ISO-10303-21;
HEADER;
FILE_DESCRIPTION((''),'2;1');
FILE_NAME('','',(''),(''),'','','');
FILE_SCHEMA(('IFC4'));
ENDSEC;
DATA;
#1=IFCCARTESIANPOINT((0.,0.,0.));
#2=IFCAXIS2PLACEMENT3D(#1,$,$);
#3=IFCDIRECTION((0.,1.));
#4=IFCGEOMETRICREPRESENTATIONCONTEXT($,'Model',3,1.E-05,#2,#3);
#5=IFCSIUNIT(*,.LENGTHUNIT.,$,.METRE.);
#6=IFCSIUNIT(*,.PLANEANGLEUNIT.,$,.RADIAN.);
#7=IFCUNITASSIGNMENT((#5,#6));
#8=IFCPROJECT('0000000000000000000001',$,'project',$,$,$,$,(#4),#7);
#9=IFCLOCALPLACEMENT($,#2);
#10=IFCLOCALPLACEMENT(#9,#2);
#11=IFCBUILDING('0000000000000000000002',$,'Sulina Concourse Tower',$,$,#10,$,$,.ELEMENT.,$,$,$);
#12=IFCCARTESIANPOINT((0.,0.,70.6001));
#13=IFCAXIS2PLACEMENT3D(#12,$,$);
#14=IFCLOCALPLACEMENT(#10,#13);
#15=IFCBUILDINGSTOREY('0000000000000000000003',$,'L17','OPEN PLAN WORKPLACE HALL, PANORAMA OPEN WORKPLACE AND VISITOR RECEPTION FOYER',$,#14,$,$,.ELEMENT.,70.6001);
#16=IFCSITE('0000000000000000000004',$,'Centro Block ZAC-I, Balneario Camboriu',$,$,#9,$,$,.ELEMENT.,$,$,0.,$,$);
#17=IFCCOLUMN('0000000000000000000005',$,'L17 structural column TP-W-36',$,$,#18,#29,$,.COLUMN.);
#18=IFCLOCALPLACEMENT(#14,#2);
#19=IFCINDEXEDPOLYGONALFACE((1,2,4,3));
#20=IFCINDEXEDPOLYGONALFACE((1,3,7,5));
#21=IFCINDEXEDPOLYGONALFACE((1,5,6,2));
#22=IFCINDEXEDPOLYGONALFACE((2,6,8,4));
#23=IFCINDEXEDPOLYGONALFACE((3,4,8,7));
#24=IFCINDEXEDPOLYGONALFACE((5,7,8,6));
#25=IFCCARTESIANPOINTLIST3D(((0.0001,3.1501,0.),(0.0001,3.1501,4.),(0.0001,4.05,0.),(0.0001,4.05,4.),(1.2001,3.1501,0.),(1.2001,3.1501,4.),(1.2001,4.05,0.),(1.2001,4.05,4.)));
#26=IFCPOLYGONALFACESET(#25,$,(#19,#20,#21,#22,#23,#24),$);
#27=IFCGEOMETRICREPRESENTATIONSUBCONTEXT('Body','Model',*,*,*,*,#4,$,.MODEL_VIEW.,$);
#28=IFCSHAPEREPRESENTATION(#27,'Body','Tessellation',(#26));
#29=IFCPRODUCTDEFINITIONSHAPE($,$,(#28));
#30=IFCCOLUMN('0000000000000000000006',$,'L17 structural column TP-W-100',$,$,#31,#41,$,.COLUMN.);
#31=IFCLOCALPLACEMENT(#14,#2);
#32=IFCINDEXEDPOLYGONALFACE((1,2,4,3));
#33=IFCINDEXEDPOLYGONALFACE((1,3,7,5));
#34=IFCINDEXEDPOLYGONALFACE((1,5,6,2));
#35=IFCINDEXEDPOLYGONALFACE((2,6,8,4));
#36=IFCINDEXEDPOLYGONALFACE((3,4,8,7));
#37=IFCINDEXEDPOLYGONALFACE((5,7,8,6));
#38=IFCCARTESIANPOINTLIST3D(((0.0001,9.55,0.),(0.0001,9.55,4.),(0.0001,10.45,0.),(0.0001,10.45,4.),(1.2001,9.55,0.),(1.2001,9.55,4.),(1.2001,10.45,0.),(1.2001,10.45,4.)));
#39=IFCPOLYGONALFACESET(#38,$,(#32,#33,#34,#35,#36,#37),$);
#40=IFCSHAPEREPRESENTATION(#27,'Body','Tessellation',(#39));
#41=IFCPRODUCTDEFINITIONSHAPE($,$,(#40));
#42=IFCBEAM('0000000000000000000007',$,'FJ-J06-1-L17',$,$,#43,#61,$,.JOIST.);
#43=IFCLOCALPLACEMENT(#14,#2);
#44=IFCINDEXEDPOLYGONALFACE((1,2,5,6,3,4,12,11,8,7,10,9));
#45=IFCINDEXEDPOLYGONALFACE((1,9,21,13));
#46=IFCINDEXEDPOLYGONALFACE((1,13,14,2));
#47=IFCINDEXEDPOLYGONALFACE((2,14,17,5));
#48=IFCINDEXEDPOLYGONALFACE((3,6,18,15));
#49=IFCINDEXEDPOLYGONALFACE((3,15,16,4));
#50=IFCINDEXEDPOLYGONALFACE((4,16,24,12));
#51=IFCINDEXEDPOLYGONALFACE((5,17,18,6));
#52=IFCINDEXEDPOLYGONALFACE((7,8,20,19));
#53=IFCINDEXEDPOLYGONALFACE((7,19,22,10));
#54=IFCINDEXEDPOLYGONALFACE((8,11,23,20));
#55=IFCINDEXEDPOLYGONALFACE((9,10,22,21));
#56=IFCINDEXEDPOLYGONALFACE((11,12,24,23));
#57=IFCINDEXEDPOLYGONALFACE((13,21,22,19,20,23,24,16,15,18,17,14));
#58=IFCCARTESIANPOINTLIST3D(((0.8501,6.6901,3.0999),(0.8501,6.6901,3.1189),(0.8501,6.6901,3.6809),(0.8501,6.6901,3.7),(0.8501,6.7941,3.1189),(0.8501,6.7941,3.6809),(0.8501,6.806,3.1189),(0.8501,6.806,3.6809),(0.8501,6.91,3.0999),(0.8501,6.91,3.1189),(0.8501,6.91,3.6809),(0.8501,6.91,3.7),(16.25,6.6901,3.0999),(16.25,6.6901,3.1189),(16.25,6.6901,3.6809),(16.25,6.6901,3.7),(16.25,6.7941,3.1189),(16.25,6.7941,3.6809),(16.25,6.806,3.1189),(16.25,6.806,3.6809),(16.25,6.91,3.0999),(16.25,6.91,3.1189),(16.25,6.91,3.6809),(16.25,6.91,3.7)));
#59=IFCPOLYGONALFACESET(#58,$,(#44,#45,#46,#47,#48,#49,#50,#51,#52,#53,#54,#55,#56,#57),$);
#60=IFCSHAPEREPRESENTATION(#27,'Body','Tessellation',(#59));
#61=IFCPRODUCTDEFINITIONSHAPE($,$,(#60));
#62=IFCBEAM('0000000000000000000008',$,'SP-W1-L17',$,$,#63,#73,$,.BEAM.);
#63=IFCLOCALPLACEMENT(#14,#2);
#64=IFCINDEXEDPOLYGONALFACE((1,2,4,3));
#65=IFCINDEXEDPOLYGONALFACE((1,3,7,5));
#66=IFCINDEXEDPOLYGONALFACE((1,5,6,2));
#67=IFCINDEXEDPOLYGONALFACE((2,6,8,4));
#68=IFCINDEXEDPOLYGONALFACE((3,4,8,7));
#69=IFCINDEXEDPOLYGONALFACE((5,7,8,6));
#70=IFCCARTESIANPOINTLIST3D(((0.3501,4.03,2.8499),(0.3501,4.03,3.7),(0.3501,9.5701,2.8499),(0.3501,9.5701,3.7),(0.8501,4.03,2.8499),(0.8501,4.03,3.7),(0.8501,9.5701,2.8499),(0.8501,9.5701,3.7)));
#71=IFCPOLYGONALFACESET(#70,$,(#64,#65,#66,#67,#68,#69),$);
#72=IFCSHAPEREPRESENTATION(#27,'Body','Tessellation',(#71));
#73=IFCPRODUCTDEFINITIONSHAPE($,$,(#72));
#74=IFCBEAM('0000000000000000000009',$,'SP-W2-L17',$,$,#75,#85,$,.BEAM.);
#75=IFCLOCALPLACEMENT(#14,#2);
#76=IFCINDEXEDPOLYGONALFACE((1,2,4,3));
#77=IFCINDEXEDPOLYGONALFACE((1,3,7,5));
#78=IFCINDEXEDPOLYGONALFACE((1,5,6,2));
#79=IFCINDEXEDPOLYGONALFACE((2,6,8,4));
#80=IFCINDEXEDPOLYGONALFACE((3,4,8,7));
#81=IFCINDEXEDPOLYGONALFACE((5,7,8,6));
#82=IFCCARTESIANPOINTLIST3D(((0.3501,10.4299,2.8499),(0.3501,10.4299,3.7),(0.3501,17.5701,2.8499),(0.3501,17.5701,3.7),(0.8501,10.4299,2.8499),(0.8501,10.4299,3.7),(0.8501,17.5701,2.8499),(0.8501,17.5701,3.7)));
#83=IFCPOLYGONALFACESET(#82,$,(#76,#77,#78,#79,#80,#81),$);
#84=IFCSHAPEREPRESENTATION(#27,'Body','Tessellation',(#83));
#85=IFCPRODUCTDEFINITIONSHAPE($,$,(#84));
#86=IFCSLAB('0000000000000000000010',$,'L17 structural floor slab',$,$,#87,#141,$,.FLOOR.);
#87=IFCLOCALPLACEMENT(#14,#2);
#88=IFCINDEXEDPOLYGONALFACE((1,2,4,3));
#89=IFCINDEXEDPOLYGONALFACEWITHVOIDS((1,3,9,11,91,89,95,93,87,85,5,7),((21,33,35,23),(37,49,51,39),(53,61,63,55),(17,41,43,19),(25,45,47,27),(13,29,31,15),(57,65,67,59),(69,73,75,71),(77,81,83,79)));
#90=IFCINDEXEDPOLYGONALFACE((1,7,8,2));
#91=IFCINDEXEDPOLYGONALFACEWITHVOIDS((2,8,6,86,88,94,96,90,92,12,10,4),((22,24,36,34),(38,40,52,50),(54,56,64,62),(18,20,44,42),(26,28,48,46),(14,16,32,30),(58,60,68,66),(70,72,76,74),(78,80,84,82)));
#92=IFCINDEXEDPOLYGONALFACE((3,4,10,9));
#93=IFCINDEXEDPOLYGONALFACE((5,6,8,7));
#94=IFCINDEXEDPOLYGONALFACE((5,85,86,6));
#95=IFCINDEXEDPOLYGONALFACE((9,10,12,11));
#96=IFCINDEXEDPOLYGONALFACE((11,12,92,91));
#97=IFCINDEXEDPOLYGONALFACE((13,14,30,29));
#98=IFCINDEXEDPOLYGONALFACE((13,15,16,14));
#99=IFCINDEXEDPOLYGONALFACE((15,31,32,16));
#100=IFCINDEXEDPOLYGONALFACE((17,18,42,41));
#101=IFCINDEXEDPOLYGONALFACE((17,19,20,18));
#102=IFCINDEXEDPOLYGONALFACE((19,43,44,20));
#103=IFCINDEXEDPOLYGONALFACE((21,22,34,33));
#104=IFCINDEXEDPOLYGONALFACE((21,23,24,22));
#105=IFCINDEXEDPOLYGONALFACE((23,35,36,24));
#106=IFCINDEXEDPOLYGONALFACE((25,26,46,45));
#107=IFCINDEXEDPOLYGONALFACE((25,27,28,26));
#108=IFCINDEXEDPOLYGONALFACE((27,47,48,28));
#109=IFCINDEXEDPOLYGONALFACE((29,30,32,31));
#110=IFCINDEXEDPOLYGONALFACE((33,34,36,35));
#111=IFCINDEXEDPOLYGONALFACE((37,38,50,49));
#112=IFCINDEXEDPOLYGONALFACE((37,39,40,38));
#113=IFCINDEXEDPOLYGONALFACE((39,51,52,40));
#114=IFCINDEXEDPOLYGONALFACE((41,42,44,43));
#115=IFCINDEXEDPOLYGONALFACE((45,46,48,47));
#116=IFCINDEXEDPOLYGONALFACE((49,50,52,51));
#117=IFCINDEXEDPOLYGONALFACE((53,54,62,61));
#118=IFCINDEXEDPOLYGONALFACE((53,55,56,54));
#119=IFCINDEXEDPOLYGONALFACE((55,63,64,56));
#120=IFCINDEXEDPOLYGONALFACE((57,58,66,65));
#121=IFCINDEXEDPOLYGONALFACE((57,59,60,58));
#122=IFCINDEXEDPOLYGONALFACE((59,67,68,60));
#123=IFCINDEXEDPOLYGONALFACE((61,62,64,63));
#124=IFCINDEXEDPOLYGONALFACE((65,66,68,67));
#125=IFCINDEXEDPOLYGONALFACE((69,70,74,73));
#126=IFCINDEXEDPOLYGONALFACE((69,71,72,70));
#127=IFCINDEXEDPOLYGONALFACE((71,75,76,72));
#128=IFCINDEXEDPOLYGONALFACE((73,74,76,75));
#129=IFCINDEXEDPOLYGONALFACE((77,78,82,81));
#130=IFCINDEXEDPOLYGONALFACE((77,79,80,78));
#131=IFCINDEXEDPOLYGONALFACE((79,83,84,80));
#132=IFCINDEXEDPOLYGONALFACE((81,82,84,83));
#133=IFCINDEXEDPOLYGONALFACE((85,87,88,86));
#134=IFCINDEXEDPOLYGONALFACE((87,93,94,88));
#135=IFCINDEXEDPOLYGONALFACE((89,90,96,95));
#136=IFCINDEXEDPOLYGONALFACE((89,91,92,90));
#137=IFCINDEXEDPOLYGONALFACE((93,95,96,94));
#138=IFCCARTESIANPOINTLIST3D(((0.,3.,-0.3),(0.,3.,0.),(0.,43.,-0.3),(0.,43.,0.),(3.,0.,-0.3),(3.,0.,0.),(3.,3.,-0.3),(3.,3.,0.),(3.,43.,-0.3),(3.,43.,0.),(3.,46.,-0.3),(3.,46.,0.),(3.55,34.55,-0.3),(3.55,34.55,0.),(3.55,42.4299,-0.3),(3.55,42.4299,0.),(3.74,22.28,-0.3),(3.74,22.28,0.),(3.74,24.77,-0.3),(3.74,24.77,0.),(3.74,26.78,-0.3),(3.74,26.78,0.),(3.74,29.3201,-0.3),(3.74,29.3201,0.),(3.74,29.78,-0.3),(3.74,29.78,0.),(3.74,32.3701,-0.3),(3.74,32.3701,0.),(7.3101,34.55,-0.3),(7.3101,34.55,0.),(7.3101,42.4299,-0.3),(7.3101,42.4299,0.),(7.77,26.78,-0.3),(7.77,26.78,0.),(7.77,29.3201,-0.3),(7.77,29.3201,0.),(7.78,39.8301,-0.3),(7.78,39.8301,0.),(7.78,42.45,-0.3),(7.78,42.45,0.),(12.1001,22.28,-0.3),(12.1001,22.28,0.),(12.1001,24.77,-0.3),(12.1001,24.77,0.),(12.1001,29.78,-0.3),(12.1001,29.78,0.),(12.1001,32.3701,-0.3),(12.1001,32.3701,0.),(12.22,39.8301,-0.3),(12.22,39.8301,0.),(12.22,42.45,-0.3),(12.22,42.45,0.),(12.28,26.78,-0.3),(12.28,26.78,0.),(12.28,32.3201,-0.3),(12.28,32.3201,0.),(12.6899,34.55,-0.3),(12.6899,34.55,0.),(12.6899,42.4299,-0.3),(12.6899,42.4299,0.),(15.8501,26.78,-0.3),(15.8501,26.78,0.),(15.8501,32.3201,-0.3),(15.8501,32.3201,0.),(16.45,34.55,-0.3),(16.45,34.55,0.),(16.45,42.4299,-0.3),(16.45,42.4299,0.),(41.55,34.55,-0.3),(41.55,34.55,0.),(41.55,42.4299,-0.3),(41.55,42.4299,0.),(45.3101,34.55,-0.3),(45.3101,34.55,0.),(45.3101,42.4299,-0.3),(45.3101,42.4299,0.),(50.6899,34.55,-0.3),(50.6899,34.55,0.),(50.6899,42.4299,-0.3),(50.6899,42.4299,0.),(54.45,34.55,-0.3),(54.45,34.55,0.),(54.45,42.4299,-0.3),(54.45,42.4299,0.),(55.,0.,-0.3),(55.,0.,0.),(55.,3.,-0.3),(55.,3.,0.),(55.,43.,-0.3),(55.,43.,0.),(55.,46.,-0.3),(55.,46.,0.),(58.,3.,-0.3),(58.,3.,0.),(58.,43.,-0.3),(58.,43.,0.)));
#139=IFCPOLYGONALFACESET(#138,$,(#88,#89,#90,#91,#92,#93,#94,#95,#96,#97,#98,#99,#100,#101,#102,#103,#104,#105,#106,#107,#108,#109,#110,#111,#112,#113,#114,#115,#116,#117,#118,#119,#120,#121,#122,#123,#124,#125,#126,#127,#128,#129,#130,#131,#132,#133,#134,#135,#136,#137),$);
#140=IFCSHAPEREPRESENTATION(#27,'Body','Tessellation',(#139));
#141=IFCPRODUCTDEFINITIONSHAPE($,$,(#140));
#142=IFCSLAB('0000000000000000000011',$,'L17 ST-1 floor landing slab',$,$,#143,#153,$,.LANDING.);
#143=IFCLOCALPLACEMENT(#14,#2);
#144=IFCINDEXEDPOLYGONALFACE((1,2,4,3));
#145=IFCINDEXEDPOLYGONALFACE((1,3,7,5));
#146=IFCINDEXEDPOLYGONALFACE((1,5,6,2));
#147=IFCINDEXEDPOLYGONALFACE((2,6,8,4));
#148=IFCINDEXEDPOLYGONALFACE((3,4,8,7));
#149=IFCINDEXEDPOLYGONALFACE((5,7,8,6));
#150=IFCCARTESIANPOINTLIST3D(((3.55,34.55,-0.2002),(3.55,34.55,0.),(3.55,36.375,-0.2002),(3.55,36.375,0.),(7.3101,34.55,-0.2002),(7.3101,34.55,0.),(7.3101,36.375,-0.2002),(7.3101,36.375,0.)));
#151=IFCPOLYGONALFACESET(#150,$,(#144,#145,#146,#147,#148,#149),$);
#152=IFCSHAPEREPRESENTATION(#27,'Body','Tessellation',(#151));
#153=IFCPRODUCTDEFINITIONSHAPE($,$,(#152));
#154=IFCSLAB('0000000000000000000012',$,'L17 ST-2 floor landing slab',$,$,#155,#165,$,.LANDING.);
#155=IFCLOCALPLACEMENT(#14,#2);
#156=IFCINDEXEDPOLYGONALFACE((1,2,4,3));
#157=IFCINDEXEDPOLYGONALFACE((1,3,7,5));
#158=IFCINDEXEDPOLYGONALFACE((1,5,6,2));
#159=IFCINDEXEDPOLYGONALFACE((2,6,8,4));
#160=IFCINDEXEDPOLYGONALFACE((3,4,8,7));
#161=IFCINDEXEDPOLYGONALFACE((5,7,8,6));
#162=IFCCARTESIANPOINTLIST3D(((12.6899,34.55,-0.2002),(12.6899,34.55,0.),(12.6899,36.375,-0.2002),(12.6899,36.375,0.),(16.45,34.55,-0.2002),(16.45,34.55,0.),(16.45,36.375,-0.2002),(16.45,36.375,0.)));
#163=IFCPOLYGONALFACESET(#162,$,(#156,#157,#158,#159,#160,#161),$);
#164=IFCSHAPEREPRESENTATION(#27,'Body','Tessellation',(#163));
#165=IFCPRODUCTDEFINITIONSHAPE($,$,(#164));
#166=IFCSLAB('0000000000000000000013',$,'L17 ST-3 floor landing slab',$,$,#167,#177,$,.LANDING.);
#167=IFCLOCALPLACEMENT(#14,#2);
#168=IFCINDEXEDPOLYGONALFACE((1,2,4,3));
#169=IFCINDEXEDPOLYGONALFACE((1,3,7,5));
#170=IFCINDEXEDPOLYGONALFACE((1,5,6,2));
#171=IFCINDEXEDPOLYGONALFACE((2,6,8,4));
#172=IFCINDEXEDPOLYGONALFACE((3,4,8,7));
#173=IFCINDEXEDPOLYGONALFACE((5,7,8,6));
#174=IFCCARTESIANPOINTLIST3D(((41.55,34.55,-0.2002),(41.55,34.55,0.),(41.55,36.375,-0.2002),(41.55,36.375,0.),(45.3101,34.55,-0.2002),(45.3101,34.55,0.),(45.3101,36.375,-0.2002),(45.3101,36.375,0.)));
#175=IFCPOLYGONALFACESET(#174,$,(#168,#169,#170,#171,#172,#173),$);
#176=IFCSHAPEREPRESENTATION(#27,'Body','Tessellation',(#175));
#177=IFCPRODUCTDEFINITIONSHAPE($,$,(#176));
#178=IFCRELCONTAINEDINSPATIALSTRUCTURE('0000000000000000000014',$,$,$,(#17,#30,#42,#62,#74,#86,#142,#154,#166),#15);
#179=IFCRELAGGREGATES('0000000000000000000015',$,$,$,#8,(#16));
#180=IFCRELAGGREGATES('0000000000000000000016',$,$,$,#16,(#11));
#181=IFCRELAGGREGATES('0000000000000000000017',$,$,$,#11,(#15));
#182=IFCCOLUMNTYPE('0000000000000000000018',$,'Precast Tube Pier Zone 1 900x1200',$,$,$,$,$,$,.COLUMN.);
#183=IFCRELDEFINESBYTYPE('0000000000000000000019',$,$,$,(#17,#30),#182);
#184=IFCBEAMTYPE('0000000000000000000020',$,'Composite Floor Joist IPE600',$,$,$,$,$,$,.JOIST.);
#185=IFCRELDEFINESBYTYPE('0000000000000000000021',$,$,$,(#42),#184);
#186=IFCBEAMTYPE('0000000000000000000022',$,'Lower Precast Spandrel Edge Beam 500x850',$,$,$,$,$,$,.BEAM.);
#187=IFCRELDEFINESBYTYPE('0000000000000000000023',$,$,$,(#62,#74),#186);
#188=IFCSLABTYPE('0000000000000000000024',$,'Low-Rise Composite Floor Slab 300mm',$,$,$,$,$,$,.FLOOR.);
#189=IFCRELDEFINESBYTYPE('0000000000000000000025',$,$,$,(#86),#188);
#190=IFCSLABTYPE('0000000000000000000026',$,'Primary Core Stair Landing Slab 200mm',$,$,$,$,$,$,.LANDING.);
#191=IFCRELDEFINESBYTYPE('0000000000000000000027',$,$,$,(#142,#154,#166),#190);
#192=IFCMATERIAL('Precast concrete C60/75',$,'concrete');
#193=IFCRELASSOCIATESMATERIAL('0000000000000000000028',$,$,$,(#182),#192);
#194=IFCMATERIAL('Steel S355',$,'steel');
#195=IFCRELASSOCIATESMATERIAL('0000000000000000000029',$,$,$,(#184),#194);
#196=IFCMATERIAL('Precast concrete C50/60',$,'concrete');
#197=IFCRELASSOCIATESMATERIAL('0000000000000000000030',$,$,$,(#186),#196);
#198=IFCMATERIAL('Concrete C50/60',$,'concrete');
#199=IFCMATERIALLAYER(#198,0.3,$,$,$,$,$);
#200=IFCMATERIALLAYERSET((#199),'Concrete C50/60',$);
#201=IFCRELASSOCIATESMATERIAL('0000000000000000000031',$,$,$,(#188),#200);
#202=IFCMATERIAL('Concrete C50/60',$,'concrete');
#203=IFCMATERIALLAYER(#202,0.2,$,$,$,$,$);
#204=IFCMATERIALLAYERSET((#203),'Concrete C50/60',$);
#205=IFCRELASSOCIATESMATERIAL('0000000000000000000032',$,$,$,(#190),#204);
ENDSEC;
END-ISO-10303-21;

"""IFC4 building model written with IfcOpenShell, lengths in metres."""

from ifc_helpers import new_model, si_unit, direction, frame, origin, origin_2d, place, context, subcontext, project, spatial, polyline, rectangle, i_section, outline, extrude, material, layer, layer_set, material_profile, profile_set, type_object, element, save


model = new_model("IFC4")

# Units and contexts
model_context = context("Model", 3, precision=1e-05, world=origin(), true_north=direction((0.0, 1.0)))
body_context = subcontext(model_context, "Body", "Model", "MODEL_VIEW")
ifc_project = project(units=[si_unit("LENGTHUNIT", "METRE"), si_unit("PLANEANGLEUNIT", "RADIAN")], contexts=[model_context])

# Site, building, storey
site_placement = place(None, origin())
site = spatial("IfcSite", under=ifc_project, at=site_placement, Name="Centro Block ZAC-I, Balneario Camboriu", CompositionType="ELEMENT", RefElevation=0.0)
building_placement = place(site_placement, origin())
building = spatial("IfcBuilding", under=site, at=building_placement, Name="Sulina Concourse Tower", CompositionType="ELEMENT")
storey_placement = place(building_placement, frame((0.0, 0.0, 70.6001)))
storey = spatial("IfcBuildingStorey", under=building, at=storey_placement, Name="L17", Description="OPEN PLAN WORKPLACE HALL, PANORAMA OPEN WORKPLACE AND VISITOR RECEPTION FOYER", CompositionType="ELEMENT", Elevation=70.6001)

# Columns
ifc_material_1 = material(Name="Precast concrete C60/75", Category="concrete")
ifc_material_profile_1 = material_profile(ifc_material_1, rectangle(XDim=0.8999, YDim=1.2, at=origin_2d()), Name="PC 900x1200")
ifc_profile_set_1 = profile_set([ifc_material_profile_1], Name="Precast concrete C60/75")
column_type = type_object("IfcColumnType", Name="Precast Tube Pier Zone 1 900x1200", PredefinedType="COLUMN", material=ifc_profile_set_1)
for number, where, z_axis, x_axis, name in (
    (1, (0.6001, 3.6001, 0.0), (0.0, 0.0, 1.0), (0.0, 1.0, 0.0), "L17 structural column TP-W-36"),
    (2, (0.6001, 10.0, 0.0), (0.0, 0.0, 1.0), (0.0, 1.0, 0.0), "L17 structural column TP-W-100"),
):
    element("IfcColumn", number, at=place(storey_placement, frame(where, z_axis=z_axis, x_axis=x_axis)), inside=storey, type_object=column_type, Name=name, PredefinedType="COLUMN", context=body_context, shape_type="SweptSolid", body=[
        extrude(rectangle(XDim=0.8999, YDim=1.2, at=origin_2d()), origin(), (0.0, 0.0, 1.0), 4.0),
    ])

# Beams
ifc_material_2 = material(Name="Steel S355", Category="steel")
ifc_material_profile_2 = material_profile(ifc_material_2, i_section(OverallWidth=0.22, OverallDepth=0.6001, WebThickness=0.012, FlangeThickness=0.019, at=origin_2d()), Name="IPE 600")
ifc_profile_set_2 = profile_set([ifc_material_profile_2], Name="Steel S355")
beam_type_1 = type_object("IfcBeamType", Name="Composite Floor Joist IPE600", PredefinedType="JOIST", material=ifc_profile_set_2)
beam_1_placement = place(storey_placement, frame((0.8501, 6.8, 3.3999), z_axis=(1.0, 0.0, 0.0), x_axis=(0.0, 1.0, 0.0)))
element("IfcBeam", 3, at=beam_1_placement, inside=storey, type_object=beam_type_1, Name="FJ-J06-1-L17", PredefinedType="JOIST", context=body_context, shape_type="SweptSolid", body=[
    extrude(i_section(OverallWidth=0.22, OverallDepth=0.6001, WebThickness=0.012, FlangeThickness=0.019, at=origin_2d()), origin(), (0.0, 0.0, 1.0), 15.3999),
])
ifc_material_3 = material(Name="Precast concrete C50/60", Category="concrete")
ifc_material_profile_3 = material_profile(ifc_material_3, rectangle(XDim=0.5, YDim=0.8501, at=origin_2d()), Name="RC 500x850")
ifc_profile_set_3 = profile_set([ifc_material_profile_3], Name="Precast concrete C50/60")
beam_type_2 = type_object("IfcBeamType", Name="Lower Precast Spandrel Edge Beam 500x850", PredefinedType="BEAM", material=ifc_profile_set_3)
beam_2_placement = place(storey_placement, frame((0.6001, 4.03, 3.2749), z_axis=(0.0, 1.0, 0.0), x_axis=(-1.0, 0.0, 0.0)))
element("IfcBeam", 4, at=beam_2_placement, inside=storey, type_object=beam_type_2, Name="SP-W1-L17", PredefinedType="BEAM", context=body_context, shape_type="SweptSolid", body=[
    extrude(rectangle(XDim=0.5, YDim=0.8501, at=origin_2d()), origin(), (0.0, 0.0, 1.0), 5.54),
])
beam_3_placement = place(storey_placement, frame((0.6001, 10.4299, 3.2749), z_axis=(0.0, 1.0, 0.0), x_axis=(-1.0, 0.0, 0.0)))
element("IfcBeam", 5, at=beam_3_placement, inside=storey, type_object=beam_type_2, Name="SP-W2-L17", PredefinedType="BEAM", context=body_context, shape_type="SweptSolid", body=[
    extrude(rectangle(XDim=0.5, YDim=0.8501, at=origin_2d()), origin(), (0.0, 0.0, 1.0), 7.1401),
])

# Slabs
ifc_material_4 = material(Name="Concrete C50/60", Category="concrete")
ifc_layer_1 = layer(ifc_material_4, 0.3)
ifc_layer_set_1 = layer_set([ifc_layer_1], Name="Concrete C50/60")
slab_type_1 = type_object("IfcSlabType", Name="Low-Rise Composite Floor Slab 300mm", PredefinedType="FLOOR", material=ifc_layer_set_1)
slab_1_placement = place(storey_placement, frame((0.0, 0.0, -0.3)))
element("IfcSlab", 6, at=slab_1_placement, inside=storey, type_object=slab_type_1, Name="L17 structural floor slab", PredefinedType="FLOOR", context=body_context, shape_type="SweptSolid", body=[
    extrude(outline(polyline([(3.0, 0.0), (55.0, 0.0), (55.0, 3.0), (58.0, 3.0), (58.0, 43.0), (55.0, 43.0), (55.0, 46.0), (3.0, 46.0), (3.0, 43.0), (0.0, 43.0), (0.0, 3.0), (3.0, 3.0), (3.0, 0.0)]), holes=[polyline([(7.3101, 34.55), (7.3101, 42.4299), (3.55, 42.4299), (3.55, 34.55), (7.3101, 34.55)]), polyline([(16.45, 34.55), (16.45, 42.4299), (12.6899, 42.4299), (12.6899, 34.55), (16.45, 34.55)]), polyline([(45.3101, 34.55), (45.3101, 42.4299), (41.55, 42.4299), (41.55, 34.55), (45.3101, 34.55)]), polyline([(54.45, 34.55), (54.45, 42.4299), (50.6899, 42.4299), (50.6899, 34.55), (54.45, 34.55)]), polyline([(7.78, 39.8301), (12.22, 39.8301), (12.22, 42.45), (7.78, 42.45), (7.78, 39.8301)]), polyline([(3.74, 26.78), (7.77, 26.78), (7.77, 29.3201), (3.74, 29.3201), (3.74, 26.78)]), polyline([(3.74, 29.78), (12.1001, 29.78), (12.1001, 32.3701), (3.74, 32.3701), (3.74, 29.78)]), polyline([(3.74, 22.28), (12.1001, 22.28), (12.1001, 24.77), (3.74, 24.77), (3.74, 22.28)]), polyline([(12.28, 26.78), (15.8501, 26.78), (15.8501, 32.3201), (12.28, 32.3201), (12.28, 26.78)])]), origin(), (0.0, 0.0, 1.0), 0.3),
])
ifc_material_5 = material(Name="Concrete C50/60", Category="concrete")
ifc_layer_2 = layer(ifc_material_5, 0.2)
ifc_layer_set_2 = layer_set([ifc_layer_2], Name="Concrete C50/60")
slab_type_2 = type_object("IfcSlabType", Name="Primary Core Stair Landing Slab 200mm", PredefinedType="LANDING", material=ifc_layer_set_2)
slab_2_placement = place(storey_placement, frame((0.0, 0.0, -0.2002)))
element("IfcSlab", 7, at=slab_2_placement, inside=storey, type_object=slab_type_2, Name="L17 ST-1 floor landing slab", PredefinedType="LANDING", context=body_context, shape_type="SweptSolid", body=[
    extrude(outline(polyline([(7.3101, 34.55), (7.3101, 36.375), (3.55, 36.375), (3.55, 34.55), (7.3101, 34.55)])), origin(), (0.0, 0.0, 1.0), 0.2002),
])
slab_3_placement = place(storey_placement, frame((0.0, 0.0, -0.2002)))
element("IfcSlab", 8, at=slab_3_placement, inside=storey, type_object=slab_type_2, Name="L17 ST-2 floor landing slab", PredefinedType="LANDING", context=body_context, shape_type="SweptSolid", body=[
    extrude(outline(polyline([(16.45, 34.55), (16.45, 36.375), (12.6899, 36.375), (12.6899, 34.55), (16.45, 34.55)])), origin(), (0.0, 0.0, 1.0), 0.2002),
])
slab_4_placement = place(storey_placement, frame((0.0, 0.0, -0.2002)))
element("IfcSlab", 9, at=slab_4_placement, inside=storey, type_object=slab_type_2, Name="L17 ST-3 floor landing slab", PredefinedType="LANDING", context=body_context, shape_type="SweptSolid", body=[
    extrude(outline(polyline([(45.3101, 34.55), (45.3101, 36.375), (41.55, 36.375), (41.55, 34.55), (45.3101, 34.55)])), origin(), (0.0, 0.0, 1.0), 0.2002),
])

save(model, "model.ifc")
